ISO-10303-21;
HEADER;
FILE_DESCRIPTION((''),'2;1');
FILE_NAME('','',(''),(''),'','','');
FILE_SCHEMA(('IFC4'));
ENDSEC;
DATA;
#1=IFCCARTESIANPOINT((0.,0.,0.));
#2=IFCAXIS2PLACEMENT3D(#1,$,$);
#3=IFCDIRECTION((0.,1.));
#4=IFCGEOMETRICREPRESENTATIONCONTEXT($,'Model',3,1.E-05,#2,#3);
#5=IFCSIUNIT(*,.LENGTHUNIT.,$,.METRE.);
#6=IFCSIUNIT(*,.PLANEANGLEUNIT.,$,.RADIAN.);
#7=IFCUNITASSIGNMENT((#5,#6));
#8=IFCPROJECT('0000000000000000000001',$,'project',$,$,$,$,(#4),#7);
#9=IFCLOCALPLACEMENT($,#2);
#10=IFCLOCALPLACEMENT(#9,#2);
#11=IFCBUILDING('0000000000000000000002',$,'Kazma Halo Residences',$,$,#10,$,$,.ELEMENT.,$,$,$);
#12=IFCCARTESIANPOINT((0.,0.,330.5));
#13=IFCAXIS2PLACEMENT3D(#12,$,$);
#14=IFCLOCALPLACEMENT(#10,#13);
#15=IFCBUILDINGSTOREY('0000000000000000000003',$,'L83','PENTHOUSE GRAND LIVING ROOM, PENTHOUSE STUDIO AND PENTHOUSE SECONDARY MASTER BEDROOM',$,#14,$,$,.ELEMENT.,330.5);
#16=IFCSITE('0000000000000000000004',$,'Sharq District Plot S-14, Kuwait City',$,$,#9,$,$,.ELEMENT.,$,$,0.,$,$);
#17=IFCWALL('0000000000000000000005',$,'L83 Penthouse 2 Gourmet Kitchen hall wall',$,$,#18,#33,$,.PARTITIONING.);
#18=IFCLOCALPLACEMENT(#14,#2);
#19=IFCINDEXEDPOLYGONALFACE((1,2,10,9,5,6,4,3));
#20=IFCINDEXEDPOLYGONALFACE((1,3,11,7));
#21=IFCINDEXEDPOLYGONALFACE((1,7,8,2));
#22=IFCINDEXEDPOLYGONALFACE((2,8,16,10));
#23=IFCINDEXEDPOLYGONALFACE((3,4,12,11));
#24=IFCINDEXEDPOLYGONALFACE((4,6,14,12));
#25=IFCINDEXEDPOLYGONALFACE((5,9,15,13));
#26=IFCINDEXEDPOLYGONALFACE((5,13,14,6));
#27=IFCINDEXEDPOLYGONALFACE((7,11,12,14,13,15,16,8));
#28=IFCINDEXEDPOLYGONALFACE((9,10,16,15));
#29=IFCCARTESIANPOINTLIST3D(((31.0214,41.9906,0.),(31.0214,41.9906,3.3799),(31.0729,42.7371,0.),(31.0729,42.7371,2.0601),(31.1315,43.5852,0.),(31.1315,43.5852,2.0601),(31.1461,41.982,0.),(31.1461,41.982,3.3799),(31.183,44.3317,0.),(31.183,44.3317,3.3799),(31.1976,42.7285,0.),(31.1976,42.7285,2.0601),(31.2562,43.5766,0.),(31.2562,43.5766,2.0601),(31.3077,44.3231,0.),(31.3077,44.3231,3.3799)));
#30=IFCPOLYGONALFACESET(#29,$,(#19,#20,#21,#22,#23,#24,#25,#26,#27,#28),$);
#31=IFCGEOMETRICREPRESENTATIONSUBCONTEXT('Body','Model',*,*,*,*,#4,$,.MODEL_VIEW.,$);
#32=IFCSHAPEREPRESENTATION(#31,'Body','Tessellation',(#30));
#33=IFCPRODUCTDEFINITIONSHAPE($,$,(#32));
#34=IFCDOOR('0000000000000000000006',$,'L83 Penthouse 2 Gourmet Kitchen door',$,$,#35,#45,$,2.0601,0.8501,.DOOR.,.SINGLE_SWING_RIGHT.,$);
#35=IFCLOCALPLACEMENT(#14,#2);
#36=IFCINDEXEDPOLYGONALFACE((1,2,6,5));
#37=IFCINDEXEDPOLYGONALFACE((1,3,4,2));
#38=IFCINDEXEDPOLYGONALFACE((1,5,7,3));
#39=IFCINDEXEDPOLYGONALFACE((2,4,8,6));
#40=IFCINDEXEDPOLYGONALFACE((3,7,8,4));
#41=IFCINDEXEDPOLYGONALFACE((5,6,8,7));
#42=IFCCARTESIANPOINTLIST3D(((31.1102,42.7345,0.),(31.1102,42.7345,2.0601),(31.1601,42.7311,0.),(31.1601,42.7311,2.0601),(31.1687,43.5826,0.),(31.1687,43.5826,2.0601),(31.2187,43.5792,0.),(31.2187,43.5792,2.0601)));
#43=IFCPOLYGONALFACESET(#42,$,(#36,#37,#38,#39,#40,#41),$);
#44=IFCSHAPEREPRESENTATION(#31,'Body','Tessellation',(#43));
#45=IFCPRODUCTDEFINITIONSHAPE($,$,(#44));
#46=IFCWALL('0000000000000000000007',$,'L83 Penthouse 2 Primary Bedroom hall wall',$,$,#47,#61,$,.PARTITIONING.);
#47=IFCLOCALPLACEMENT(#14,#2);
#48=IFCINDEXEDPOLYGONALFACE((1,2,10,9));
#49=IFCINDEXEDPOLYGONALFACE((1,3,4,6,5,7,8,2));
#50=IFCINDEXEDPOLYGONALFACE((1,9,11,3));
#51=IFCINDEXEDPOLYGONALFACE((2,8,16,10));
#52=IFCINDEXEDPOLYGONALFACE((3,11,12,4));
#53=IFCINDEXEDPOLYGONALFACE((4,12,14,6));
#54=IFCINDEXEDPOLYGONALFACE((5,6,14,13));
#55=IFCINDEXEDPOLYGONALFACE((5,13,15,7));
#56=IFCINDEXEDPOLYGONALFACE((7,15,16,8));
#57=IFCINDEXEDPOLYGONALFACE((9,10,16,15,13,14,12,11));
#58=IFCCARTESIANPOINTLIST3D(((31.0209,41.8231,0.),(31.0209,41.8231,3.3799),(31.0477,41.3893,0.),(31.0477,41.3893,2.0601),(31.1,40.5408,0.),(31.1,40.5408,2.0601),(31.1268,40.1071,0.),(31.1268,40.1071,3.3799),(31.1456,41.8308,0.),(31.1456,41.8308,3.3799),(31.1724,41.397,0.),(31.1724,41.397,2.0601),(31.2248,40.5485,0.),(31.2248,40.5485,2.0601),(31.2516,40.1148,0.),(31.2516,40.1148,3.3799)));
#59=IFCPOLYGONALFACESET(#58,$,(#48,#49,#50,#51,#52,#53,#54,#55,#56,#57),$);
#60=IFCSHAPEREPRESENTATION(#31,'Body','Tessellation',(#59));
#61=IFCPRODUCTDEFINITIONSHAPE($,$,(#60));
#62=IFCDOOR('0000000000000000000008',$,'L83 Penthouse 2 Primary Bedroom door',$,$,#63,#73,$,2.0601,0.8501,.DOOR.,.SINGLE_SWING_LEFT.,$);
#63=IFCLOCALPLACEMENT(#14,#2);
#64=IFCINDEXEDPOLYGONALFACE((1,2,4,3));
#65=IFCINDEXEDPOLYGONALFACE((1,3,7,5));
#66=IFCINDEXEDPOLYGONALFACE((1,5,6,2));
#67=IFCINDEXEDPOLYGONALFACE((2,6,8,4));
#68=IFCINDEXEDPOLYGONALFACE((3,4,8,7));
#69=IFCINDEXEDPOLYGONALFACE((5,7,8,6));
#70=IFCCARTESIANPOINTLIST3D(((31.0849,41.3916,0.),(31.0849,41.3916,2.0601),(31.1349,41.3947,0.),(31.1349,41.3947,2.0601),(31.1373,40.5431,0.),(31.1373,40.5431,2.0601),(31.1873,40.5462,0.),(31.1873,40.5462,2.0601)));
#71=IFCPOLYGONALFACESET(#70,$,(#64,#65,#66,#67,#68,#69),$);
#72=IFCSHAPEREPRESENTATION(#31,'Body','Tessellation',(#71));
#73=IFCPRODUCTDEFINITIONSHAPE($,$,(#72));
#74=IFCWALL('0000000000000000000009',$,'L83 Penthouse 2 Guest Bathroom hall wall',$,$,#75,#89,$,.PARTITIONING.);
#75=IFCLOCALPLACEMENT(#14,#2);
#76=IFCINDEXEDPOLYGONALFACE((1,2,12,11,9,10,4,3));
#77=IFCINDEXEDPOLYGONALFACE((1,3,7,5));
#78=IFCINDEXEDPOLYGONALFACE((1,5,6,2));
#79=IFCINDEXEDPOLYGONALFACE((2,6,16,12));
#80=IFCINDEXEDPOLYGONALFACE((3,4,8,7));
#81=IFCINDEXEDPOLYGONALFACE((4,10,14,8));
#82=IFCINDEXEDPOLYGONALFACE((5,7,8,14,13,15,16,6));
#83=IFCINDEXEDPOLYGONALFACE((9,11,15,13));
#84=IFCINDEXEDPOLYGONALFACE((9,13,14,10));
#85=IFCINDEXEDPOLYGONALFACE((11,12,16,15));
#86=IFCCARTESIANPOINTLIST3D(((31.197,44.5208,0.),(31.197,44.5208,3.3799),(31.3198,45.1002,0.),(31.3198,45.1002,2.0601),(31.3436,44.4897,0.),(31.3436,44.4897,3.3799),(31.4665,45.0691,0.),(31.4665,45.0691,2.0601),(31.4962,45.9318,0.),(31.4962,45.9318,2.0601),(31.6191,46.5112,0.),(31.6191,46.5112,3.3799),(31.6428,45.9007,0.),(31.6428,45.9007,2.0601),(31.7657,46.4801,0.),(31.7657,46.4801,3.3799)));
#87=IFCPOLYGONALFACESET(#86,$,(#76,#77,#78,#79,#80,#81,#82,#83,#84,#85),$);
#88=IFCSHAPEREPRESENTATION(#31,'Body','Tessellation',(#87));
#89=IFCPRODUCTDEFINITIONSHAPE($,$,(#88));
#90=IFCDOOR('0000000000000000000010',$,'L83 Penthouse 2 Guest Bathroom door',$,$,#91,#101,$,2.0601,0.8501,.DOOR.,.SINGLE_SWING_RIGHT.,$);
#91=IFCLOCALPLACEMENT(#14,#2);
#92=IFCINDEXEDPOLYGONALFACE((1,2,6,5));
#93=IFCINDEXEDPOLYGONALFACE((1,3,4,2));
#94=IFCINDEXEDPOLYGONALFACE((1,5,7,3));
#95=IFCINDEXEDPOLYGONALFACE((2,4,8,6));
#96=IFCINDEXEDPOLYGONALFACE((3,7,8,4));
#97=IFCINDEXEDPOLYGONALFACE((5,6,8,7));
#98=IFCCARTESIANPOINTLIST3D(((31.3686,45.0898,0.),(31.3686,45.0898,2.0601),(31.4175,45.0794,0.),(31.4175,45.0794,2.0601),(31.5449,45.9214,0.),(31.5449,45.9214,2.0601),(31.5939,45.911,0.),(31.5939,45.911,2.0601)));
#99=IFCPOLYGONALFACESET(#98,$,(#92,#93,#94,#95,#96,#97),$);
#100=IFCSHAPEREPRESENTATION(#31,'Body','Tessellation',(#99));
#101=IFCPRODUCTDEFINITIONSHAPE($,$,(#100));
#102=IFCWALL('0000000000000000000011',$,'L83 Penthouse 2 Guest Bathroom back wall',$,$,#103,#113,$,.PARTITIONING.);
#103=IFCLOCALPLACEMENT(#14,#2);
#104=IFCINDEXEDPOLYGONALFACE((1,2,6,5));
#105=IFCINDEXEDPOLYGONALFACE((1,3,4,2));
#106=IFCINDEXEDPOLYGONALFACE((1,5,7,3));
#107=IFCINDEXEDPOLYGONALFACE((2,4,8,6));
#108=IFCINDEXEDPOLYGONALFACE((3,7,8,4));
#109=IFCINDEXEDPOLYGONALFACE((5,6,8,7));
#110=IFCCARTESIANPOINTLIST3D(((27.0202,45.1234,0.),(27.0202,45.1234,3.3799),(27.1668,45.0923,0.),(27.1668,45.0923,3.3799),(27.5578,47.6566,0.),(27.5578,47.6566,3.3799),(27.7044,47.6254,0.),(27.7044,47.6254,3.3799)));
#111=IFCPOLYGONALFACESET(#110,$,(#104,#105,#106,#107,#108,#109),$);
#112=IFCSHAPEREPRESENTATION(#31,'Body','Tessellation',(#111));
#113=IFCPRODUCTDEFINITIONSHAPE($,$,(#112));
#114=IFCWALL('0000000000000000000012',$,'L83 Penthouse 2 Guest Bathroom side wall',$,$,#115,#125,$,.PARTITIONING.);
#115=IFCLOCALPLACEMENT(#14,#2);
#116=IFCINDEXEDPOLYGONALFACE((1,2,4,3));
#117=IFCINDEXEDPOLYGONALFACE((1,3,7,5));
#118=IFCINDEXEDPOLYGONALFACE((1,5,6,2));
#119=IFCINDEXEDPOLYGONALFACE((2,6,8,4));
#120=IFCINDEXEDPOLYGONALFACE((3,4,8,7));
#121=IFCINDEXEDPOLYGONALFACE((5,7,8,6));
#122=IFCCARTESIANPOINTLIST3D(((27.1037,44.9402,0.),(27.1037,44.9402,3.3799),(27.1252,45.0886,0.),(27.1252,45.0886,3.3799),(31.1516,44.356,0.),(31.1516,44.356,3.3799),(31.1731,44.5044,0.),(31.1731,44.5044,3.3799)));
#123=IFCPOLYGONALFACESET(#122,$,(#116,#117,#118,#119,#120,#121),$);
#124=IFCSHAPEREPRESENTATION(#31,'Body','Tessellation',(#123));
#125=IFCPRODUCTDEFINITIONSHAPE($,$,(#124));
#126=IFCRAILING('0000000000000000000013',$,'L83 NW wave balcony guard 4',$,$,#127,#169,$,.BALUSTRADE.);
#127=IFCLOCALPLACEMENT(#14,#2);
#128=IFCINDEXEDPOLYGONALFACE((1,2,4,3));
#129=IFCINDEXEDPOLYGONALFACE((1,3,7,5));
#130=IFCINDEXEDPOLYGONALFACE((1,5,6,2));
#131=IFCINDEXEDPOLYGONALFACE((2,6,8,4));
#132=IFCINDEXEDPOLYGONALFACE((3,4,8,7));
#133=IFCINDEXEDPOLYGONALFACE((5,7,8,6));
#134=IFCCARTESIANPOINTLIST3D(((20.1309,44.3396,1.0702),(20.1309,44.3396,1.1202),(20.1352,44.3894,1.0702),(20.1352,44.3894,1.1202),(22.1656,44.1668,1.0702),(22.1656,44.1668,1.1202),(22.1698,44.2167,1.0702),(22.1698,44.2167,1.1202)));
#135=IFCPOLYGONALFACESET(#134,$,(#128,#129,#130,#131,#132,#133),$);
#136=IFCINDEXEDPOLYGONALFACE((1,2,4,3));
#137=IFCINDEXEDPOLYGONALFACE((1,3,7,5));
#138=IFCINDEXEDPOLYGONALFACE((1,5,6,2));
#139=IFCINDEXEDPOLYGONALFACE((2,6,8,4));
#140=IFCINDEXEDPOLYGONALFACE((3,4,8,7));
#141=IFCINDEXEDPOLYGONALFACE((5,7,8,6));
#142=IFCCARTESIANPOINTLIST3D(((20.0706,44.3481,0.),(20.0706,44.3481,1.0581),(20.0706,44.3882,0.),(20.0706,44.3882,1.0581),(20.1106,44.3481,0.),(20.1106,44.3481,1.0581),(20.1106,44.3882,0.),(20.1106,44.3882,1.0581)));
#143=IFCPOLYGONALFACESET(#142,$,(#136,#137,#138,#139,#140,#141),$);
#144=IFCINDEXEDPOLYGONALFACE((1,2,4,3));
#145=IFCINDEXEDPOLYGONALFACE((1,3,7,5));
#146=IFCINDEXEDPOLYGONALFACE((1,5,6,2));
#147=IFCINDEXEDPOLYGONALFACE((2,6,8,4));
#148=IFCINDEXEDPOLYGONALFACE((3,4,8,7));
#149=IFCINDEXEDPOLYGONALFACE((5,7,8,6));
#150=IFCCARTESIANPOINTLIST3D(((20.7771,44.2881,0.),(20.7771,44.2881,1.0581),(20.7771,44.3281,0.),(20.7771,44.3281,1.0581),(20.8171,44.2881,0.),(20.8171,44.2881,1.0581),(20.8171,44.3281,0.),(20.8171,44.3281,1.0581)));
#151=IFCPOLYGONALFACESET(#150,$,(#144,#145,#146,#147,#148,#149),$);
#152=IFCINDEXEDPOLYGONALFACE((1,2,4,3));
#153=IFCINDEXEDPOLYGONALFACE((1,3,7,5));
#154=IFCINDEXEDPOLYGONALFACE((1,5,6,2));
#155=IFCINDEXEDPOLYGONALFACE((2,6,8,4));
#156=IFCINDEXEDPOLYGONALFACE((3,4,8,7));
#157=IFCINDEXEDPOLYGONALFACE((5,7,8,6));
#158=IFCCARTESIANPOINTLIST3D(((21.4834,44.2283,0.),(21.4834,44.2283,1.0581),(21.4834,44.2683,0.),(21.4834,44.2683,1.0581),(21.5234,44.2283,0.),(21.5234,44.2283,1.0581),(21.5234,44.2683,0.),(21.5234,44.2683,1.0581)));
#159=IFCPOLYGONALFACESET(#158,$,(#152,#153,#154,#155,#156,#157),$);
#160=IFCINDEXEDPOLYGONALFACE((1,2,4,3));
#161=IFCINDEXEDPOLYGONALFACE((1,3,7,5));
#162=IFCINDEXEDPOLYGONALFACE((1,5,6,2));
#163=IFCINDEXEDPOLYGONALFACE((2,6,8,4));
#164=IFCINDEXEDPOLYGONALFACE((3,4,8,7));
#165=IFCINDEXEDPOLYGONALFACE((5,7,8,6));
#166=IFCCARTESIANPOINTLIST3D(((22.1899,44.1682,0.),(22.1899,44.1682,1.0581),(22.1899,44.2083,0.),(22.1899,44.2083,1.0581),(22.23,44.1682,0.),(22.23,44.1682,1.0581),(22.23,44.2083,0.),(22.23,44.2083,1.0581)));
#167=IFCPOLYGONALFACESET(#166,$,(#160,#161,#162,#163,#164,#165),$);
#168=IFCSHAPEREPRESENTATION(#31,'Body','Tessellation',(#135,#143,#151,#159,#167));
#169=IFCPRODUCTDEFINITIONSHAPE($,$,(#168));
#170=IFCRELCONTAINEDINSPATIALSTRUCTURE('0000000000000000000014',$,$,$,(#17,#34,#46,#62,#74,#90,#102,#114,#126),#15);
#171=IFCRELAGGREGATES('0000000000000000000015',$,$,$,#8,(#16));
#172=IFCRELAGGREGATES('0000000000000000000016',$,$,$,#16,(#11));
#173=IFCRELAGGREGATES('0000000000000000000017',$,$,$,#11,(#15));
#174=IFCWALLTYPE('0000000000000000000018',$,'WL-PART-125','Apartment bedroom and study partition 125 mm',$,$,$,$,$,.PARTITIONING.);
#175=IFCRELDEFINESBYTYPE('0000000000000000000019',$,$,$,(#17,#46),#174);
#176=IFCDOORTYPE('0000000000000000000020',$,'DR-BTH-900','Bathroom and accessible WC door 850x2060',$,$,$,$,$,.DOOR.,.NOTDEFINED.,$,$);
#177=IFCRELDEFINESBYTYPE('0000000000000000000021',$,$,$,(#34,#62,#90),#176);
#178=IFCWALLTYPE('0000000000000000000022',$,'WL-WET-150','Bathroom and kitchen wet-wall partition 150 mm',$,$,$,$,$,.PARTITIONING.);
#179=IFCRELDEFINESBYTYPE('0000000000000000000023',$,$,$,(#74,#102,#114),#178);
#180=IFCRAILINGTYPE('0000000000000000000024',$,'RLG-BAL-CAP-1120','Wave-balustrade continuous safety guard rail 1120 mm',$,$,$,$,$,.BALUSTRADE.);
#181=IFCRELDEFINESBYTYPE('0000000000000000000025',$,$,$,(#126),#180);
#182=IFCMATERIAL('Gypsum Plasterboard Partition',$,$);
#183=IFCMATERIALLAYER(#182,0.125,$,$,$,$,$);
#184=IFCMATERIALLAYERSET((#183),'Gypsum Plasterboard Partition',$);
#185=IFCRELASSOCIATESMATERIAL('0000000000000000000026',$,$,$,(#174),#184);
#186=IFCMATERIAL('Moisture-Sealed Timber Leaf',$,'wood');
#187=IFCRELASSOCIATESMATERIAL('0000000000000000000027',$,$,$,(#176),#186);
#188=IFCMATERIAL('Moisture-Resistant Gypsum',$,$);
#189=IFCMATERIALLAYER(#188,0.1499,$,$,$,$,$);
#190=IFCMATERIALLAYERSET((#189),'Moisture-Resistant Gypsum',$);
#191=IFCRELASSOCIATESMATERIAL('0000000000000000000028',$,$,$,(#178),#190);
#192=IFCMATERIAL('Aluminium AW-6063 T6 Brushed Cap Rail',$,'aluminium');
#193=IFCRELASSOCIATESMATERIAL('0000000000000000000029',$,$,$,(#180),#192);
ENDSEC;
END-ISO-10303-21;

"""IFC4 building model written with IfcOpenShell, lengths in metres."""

from ifc_helpers import new_model, si_unit, direction, frame, frame_2d, origin, origin_2d, place, context, subcontext, project, spatial, rectangle, extrude, material, layer, layer_set, type_object, element, fill, save


model = new_model("IFC4")

# Units and contexts
model_context = context("Model", 3, precision=1e-05, world=origin(), true_north=direction((0.0, 1.0)))
body_context = subcontext(model_context, "Body", "Model", "MODEL_VIEW")
ifc_project = project(units=[si_unit("LENGTHUNIT", "METRE"), si_unit("PLANEANGLEUNIT", "RADIAN")], contexts=[model_context])

# Site, building, storey
site_placement = place(None, origin())
site = spatial("IfcSite", under=ifc_project, at=site_placement, Name="Sharq District Plot S-14, Kuwait City", CompositionType="ELEMENT", RefElevation=0.0)
building_placement = place(site_placement, origin())
building = spatial("IfcBuilding", under=site, at=building_placement, Name="Kazma Halo Residences", CompositionType="ELEMENT")
storey_placement = place(building_placement, frame((0.0, 0.0, 330.5)))
storey = spatial("IfcBuildingStorey", under=building, at=storey_placement, Name="L83", Description="PENTHOUSE GRAND LIVING ROOM, PENTHOUSE STUDIO AND PENTHOUSE SECONDARY MASTER BEDROOM", CompositionType="ELEMENT", Elevation=330.5)

# Shared definitions
ifc_material_1 = material(Name="Gypsum Plasterboard Partition")
ifc_layer_1 = layer(ifc_material_1, 0.125)
ifc_layer_set_1 = layer_set([ifc_layer_1], Name="Gypsum Plasterboard Partition")
wall_type_1 = type_object("IfcWallType", Name="WL-PART-125", Description="Apartment bedroom and study partition 125 mm", PredefinedType="PARTITIONING", material=ifc_layer_set_1)

# Shared definitions
ifc_material_2 = material(Name="Moisture-Sealed Timber Leaf", Category="wood")
door_type = type_object("IfcDoorType", Name="DR-BTH-900", Description="Bathroom and accessible WC door 850x2060", OperationType="NOTDEFINED", PredefinedType="DOOR", material=ifc_material_2)

# Walls, openings, doors
wall_1_placement = place(storey_placement, frame((31.2454, 44.3274, 0.0), z_axis=(0.0, 0.0, 1.0), x_axis=(-0.068874, -0.997625, 0.0)))
wall_1 = element("IfcWall", 1, at=wall_1_placement, inside=storey, type_object=wall_type_1, Name="L83 Penthouse 2 Gourmet Kitchen hall wall", PredefinedType="PARTITIONING", context=body_context, shape_type="SweptSolid", body=[
    extrude(rectangle(XDim=2.3467, YDim=0.125, at=frame_2d((1.1733, 0.0))), origin(), (0.0, 0.0, 1.0), 3.3799),
])
opening_1_placement = place(wall_1_placement, frame((0.7483, 0.0, 0.0)))
opening_1 = element("IfcOpeningElement", 2, at=opening_1_placement, cuts=wall_1, PredefinedType="OPENING", context=body_context, shape_type="SweptSolid", body=[
    extrude(rectangle(XDim=0.8501, YDim=2.0601, at=frame_2d((0.425, 1.03))), frame((0.0, 0.0725, 0.0), z_axis=(0.0, -1.0, 0.0), x_axis=(1.0, 0.0, 0.0)), (0.0, 0.0, 1.0), 0.145),
])
door_1_placement = place(opening_1_placement, origin())
door_1 = element("IfcDoor", 3, at=door_1_placement, inside=storey, type_object=door_type, Name="L83 Penthouse 2 Gourmet Kitchen door", OperationType="SINGLE_SWING_RIGHT", OverallHeight=2.0601, OverallWidth=0.8501, PredefinedType="DOOR", context=body_context, shape_type="SweptSolid", body=[
    extrude(rectangle(XDim=0.8501, YDim=2.0601, at=frame_2d((0.425, 1.03))), frame((0.0, 0.0249, 0.0), z_axis=(0.0, -1.0, 0.0), x_axis=(1.0, 0.0, 0.0)), (0.0, 0.0, 1.0), 0.05),
])
fill(opening_1, door_1)
wall_2_placement = place(storey_placement, frame((31.0833, 41.8269, 0.0), z_axis=(0.0, 0.0, 1.0), x_axis=(0.061627, -0.998099, 0.0)))
wall_2 = element("IfcWall", 4, at=wall_2_placement, inside=storey, type_object=wall_type_1, Name="L83 Penthouse 2 Primary Bedroom hall wall", PredefinedType="PARTITIONING", context=body_context, shape_type="SweptSolid", body=[
    extrude(rectangle(XDim=1.7192, YDim=0.125, at=frame_2d((0.8596, 0.0))), origin(), (0.0, 0.0, 1.0), 3.3799),
])
opening_2_placement = place(wall_2_placement, frame((0.4346, 0.0, 0.0)))
opening_2 = element("IfcOpeningElement", 5, at=opening_2_placement, cuts=wall_2, PredefinedType="OPENING", context=body_context, shape_type="SweptSolid", body=[
    extrude(rectangle(XDim=0.8501, YDim=2.0601, at=frame_2d((0.425, 1.03))), frame((0.0, 0.0725, 0.0), z_axis=(0.0, -1.0, 0.0), x_axis=(1.0, 0.0, 0.0)), (0.0, 0.0, 1.0), 0.145),
])
door_2_placement = place(opening_2_placement, origin())
door_2 = element("IfcDoor", 6, at=door_2_placement, inside=storey, type_object=door_type, Name="L83 Penthouse 2 Primary Bedroom door", OperationType="SINGLE_SWING_LEFT", OverallHeight=2.0601, OverallWidth=0.8501, PredefinedType="DOOR", context=body_context, shape_type="SweptSolid", body=[
    extrude(rectangle(XDim=0.8501, YDim=2.0601, at=frame_2d((0.425, 1.03))), frame((0.0, 0.0249, 0.0), z_axis=(0.0, -1.0, 0.0), x_axis=(1.0, 0.0, 0.0)), (0.0, 0.0, 1.0), 0.05),
])
fill(opening_2, door_2)
ifc_material_3 = material(Name="Moisture-Resistant Gypsum")
ifc_layer_2 = layer(ifc_material_3, 0.1499)
ifc_layer_set_2 = layer_set([ifc_layer_2], Name="Moisture-Resistant Gypsum")
wall_type_2 = type_object("IfcWallType", Name="WL-WET-150", Description="Bathroom and kitchen wet-wall partition 150 mm", PredefinedType="PARTITIONING", material=ifc_layer_set_2)
wall_3_placement = place(storey_placement, frame((31.6924, 46.4956, 0.0), z_axis=(0.0, 0.0, 1.0), x_axis=(-0.207455, -0.978244, 0.0)))
wall_3 = element("IfcWall", 7, at=wall_3_placement, inside=storey, type_object=wall_type_2, Name="L83 Penthouse 2 Guest Bathroom hall wall", PredefinedType="PARTITIONING", context=body_context, shape_type="SweptSolid", body=[
    extrude(rectangle(XDim=2.0347, YDim=0.1499, at=frame_2d((1.0173, 0.0))), origin(), (0.0, 0.0, 1.0), 3.3799),
])
opening_3_placement = place(wall_3_placement, frame((0.5923, 0.0, 0.0)))
opening_3 = element("IfcOpeningElement", 8, at=opening_3_placement, cuts=wall_3, PredefinedType="OPENING", context=body_context, shape_type="SweptSolid", body=[
    extrude(rectangle(XDim=0.8501, YDim=2.0601, at=frame_2d((0.425, 1.03))), frame((0.0, 0.085, 0.0), z_axis=(0.0, -1.0, 0.0), x_axis=(1.0, 0.0, 0.0)), (0.0, 0.0, 1.0), 0.1699),
])
door_3_placement = place(opening_3_placement, origin())
door_3 = element("IfcDoor", 9, at=door_3_placement, inside=storey, type_object=door_type, Name="L83 Penthouse 2 Guest Bathroom door", OperationType="SINGLE_SWING_RIGHT", OverallHeight=2.0601, OverallWidth=0.8501, PredefinedType="DOOR", context=body_context, shape_type="SweptSolid", body=[
    extrude(rectangle(XDim=0.8501, YDim=2.0601, at=frame_2d((0.425, 1.03))), frame((0.0, 0.0249, 0.0), z_axis=(0.0, -1.0, 0.0), x_axis=(1.0, 0.0, 0.0)), (0.0, 0.0, 1.0), 0.05),
])
fill(opening_3, door_3)

# Walls
wall_4_placement = place(storey_placement, frame((27.6311, 47.6411, 0.0), z_axis=(0.0, 0.0, 1.0), x_axis=(-0.207597, -0.978214, 0.0)))
element("IfcWall", 10, at=wall_4_placement, inside=storey, type_object=wall_type_2, Name="L83 Penthouse 2 Guest Bathroom back wall", PredefinedType="PARTITIONING", context=body_context, shape_type="SweptSolid", body=[
    extrude(rectangle(XDim=2.5896, YDim=0.1499, at=frame_2d((1.2949, 0.0))), origin(), (0.0, 0.0, 1.0), 3.3799),
])
wall_5_placement = place(storey_placement, frame((31.1624, 44.4302, 0.0), z_axis=(0.0, 0.0, 1.0), x_axis=(-0.989744, 0.14285, 0.0)))
element("IfcWall", 11, at=wall_5_placement, inside=storey, type_object=wall_type_2, Name="L83 Penthouse 2 Guest Bathroom side wall", PredefinedType="PARTITIONING", context=body_context, shape_type="SweptSolid", body=[
    extrude(rectangle(XDim=4.0898, YDim=0.1499, at=frame_2d((2.0449, 0.0))), origin(), (0.0, 0.0, 1.0), 3.3799),
])

# Railing
ifc_material_4 = material(Name="Aluminium AW-6063 T6 Brushed Cap Rail", Category="aluminium")
railing_type = type_object("IfcRailingType", Name="RLG-BAL-CAP-1120", Description="Wave-balustrade continuous safety guard rail 1120 mm", PredefinedType="BALUSTRADE", material=ifc_material_4)
railing_placement = place(storey_placement, frame((20.0906, 44.3682, 0.0)))
element("IfcRailing", 12, at=railing_placement, inside=storey, type_object=railing_type, Name="L83 NW wave balcony guard 4", PredefinedType="BALUSTRADE", context=body_context, shape_type="SweptSolid", body=[
    extrude(rectangle(XDim=0.05, YDim=0.05, at=origin_2d()), frame((0.0425, -0.0037, 1.0952), z_axis=(0.996416, -0.084594, 0.0), x_axis=(0.084594, 0.996416, 0.0)), (0.0, 0.0, 1.0), 2.042),
    extrude(rectangle(XDim=0.04, YDim=0.04, at=origin_2d()), origin(), (0.0, 0.0, 1.0), 1.0581),
    extrude(rectangle(XDim=0.04, YDim=0.04, at=origin_2d()), frame((0.7065, -0.0601, 0.0)), (0.0, 0.0, 1.0), 1.0581),
    extrude(rectangle(XDim=0.04, YDim=0.04, at=origin_2d()), frame((1.4128, -0.1199, 0.0)), (0.0, 0.0, 1.0), 1.0581),
    extrude(rectangle(XDim=0.04, YDim=0.04, at=origin_2d()), frame((2.1194, -0.1799, 0.0)), (0.0, 0.0, 1.0), 1.0581),
])

save(model, "model.ifc")
